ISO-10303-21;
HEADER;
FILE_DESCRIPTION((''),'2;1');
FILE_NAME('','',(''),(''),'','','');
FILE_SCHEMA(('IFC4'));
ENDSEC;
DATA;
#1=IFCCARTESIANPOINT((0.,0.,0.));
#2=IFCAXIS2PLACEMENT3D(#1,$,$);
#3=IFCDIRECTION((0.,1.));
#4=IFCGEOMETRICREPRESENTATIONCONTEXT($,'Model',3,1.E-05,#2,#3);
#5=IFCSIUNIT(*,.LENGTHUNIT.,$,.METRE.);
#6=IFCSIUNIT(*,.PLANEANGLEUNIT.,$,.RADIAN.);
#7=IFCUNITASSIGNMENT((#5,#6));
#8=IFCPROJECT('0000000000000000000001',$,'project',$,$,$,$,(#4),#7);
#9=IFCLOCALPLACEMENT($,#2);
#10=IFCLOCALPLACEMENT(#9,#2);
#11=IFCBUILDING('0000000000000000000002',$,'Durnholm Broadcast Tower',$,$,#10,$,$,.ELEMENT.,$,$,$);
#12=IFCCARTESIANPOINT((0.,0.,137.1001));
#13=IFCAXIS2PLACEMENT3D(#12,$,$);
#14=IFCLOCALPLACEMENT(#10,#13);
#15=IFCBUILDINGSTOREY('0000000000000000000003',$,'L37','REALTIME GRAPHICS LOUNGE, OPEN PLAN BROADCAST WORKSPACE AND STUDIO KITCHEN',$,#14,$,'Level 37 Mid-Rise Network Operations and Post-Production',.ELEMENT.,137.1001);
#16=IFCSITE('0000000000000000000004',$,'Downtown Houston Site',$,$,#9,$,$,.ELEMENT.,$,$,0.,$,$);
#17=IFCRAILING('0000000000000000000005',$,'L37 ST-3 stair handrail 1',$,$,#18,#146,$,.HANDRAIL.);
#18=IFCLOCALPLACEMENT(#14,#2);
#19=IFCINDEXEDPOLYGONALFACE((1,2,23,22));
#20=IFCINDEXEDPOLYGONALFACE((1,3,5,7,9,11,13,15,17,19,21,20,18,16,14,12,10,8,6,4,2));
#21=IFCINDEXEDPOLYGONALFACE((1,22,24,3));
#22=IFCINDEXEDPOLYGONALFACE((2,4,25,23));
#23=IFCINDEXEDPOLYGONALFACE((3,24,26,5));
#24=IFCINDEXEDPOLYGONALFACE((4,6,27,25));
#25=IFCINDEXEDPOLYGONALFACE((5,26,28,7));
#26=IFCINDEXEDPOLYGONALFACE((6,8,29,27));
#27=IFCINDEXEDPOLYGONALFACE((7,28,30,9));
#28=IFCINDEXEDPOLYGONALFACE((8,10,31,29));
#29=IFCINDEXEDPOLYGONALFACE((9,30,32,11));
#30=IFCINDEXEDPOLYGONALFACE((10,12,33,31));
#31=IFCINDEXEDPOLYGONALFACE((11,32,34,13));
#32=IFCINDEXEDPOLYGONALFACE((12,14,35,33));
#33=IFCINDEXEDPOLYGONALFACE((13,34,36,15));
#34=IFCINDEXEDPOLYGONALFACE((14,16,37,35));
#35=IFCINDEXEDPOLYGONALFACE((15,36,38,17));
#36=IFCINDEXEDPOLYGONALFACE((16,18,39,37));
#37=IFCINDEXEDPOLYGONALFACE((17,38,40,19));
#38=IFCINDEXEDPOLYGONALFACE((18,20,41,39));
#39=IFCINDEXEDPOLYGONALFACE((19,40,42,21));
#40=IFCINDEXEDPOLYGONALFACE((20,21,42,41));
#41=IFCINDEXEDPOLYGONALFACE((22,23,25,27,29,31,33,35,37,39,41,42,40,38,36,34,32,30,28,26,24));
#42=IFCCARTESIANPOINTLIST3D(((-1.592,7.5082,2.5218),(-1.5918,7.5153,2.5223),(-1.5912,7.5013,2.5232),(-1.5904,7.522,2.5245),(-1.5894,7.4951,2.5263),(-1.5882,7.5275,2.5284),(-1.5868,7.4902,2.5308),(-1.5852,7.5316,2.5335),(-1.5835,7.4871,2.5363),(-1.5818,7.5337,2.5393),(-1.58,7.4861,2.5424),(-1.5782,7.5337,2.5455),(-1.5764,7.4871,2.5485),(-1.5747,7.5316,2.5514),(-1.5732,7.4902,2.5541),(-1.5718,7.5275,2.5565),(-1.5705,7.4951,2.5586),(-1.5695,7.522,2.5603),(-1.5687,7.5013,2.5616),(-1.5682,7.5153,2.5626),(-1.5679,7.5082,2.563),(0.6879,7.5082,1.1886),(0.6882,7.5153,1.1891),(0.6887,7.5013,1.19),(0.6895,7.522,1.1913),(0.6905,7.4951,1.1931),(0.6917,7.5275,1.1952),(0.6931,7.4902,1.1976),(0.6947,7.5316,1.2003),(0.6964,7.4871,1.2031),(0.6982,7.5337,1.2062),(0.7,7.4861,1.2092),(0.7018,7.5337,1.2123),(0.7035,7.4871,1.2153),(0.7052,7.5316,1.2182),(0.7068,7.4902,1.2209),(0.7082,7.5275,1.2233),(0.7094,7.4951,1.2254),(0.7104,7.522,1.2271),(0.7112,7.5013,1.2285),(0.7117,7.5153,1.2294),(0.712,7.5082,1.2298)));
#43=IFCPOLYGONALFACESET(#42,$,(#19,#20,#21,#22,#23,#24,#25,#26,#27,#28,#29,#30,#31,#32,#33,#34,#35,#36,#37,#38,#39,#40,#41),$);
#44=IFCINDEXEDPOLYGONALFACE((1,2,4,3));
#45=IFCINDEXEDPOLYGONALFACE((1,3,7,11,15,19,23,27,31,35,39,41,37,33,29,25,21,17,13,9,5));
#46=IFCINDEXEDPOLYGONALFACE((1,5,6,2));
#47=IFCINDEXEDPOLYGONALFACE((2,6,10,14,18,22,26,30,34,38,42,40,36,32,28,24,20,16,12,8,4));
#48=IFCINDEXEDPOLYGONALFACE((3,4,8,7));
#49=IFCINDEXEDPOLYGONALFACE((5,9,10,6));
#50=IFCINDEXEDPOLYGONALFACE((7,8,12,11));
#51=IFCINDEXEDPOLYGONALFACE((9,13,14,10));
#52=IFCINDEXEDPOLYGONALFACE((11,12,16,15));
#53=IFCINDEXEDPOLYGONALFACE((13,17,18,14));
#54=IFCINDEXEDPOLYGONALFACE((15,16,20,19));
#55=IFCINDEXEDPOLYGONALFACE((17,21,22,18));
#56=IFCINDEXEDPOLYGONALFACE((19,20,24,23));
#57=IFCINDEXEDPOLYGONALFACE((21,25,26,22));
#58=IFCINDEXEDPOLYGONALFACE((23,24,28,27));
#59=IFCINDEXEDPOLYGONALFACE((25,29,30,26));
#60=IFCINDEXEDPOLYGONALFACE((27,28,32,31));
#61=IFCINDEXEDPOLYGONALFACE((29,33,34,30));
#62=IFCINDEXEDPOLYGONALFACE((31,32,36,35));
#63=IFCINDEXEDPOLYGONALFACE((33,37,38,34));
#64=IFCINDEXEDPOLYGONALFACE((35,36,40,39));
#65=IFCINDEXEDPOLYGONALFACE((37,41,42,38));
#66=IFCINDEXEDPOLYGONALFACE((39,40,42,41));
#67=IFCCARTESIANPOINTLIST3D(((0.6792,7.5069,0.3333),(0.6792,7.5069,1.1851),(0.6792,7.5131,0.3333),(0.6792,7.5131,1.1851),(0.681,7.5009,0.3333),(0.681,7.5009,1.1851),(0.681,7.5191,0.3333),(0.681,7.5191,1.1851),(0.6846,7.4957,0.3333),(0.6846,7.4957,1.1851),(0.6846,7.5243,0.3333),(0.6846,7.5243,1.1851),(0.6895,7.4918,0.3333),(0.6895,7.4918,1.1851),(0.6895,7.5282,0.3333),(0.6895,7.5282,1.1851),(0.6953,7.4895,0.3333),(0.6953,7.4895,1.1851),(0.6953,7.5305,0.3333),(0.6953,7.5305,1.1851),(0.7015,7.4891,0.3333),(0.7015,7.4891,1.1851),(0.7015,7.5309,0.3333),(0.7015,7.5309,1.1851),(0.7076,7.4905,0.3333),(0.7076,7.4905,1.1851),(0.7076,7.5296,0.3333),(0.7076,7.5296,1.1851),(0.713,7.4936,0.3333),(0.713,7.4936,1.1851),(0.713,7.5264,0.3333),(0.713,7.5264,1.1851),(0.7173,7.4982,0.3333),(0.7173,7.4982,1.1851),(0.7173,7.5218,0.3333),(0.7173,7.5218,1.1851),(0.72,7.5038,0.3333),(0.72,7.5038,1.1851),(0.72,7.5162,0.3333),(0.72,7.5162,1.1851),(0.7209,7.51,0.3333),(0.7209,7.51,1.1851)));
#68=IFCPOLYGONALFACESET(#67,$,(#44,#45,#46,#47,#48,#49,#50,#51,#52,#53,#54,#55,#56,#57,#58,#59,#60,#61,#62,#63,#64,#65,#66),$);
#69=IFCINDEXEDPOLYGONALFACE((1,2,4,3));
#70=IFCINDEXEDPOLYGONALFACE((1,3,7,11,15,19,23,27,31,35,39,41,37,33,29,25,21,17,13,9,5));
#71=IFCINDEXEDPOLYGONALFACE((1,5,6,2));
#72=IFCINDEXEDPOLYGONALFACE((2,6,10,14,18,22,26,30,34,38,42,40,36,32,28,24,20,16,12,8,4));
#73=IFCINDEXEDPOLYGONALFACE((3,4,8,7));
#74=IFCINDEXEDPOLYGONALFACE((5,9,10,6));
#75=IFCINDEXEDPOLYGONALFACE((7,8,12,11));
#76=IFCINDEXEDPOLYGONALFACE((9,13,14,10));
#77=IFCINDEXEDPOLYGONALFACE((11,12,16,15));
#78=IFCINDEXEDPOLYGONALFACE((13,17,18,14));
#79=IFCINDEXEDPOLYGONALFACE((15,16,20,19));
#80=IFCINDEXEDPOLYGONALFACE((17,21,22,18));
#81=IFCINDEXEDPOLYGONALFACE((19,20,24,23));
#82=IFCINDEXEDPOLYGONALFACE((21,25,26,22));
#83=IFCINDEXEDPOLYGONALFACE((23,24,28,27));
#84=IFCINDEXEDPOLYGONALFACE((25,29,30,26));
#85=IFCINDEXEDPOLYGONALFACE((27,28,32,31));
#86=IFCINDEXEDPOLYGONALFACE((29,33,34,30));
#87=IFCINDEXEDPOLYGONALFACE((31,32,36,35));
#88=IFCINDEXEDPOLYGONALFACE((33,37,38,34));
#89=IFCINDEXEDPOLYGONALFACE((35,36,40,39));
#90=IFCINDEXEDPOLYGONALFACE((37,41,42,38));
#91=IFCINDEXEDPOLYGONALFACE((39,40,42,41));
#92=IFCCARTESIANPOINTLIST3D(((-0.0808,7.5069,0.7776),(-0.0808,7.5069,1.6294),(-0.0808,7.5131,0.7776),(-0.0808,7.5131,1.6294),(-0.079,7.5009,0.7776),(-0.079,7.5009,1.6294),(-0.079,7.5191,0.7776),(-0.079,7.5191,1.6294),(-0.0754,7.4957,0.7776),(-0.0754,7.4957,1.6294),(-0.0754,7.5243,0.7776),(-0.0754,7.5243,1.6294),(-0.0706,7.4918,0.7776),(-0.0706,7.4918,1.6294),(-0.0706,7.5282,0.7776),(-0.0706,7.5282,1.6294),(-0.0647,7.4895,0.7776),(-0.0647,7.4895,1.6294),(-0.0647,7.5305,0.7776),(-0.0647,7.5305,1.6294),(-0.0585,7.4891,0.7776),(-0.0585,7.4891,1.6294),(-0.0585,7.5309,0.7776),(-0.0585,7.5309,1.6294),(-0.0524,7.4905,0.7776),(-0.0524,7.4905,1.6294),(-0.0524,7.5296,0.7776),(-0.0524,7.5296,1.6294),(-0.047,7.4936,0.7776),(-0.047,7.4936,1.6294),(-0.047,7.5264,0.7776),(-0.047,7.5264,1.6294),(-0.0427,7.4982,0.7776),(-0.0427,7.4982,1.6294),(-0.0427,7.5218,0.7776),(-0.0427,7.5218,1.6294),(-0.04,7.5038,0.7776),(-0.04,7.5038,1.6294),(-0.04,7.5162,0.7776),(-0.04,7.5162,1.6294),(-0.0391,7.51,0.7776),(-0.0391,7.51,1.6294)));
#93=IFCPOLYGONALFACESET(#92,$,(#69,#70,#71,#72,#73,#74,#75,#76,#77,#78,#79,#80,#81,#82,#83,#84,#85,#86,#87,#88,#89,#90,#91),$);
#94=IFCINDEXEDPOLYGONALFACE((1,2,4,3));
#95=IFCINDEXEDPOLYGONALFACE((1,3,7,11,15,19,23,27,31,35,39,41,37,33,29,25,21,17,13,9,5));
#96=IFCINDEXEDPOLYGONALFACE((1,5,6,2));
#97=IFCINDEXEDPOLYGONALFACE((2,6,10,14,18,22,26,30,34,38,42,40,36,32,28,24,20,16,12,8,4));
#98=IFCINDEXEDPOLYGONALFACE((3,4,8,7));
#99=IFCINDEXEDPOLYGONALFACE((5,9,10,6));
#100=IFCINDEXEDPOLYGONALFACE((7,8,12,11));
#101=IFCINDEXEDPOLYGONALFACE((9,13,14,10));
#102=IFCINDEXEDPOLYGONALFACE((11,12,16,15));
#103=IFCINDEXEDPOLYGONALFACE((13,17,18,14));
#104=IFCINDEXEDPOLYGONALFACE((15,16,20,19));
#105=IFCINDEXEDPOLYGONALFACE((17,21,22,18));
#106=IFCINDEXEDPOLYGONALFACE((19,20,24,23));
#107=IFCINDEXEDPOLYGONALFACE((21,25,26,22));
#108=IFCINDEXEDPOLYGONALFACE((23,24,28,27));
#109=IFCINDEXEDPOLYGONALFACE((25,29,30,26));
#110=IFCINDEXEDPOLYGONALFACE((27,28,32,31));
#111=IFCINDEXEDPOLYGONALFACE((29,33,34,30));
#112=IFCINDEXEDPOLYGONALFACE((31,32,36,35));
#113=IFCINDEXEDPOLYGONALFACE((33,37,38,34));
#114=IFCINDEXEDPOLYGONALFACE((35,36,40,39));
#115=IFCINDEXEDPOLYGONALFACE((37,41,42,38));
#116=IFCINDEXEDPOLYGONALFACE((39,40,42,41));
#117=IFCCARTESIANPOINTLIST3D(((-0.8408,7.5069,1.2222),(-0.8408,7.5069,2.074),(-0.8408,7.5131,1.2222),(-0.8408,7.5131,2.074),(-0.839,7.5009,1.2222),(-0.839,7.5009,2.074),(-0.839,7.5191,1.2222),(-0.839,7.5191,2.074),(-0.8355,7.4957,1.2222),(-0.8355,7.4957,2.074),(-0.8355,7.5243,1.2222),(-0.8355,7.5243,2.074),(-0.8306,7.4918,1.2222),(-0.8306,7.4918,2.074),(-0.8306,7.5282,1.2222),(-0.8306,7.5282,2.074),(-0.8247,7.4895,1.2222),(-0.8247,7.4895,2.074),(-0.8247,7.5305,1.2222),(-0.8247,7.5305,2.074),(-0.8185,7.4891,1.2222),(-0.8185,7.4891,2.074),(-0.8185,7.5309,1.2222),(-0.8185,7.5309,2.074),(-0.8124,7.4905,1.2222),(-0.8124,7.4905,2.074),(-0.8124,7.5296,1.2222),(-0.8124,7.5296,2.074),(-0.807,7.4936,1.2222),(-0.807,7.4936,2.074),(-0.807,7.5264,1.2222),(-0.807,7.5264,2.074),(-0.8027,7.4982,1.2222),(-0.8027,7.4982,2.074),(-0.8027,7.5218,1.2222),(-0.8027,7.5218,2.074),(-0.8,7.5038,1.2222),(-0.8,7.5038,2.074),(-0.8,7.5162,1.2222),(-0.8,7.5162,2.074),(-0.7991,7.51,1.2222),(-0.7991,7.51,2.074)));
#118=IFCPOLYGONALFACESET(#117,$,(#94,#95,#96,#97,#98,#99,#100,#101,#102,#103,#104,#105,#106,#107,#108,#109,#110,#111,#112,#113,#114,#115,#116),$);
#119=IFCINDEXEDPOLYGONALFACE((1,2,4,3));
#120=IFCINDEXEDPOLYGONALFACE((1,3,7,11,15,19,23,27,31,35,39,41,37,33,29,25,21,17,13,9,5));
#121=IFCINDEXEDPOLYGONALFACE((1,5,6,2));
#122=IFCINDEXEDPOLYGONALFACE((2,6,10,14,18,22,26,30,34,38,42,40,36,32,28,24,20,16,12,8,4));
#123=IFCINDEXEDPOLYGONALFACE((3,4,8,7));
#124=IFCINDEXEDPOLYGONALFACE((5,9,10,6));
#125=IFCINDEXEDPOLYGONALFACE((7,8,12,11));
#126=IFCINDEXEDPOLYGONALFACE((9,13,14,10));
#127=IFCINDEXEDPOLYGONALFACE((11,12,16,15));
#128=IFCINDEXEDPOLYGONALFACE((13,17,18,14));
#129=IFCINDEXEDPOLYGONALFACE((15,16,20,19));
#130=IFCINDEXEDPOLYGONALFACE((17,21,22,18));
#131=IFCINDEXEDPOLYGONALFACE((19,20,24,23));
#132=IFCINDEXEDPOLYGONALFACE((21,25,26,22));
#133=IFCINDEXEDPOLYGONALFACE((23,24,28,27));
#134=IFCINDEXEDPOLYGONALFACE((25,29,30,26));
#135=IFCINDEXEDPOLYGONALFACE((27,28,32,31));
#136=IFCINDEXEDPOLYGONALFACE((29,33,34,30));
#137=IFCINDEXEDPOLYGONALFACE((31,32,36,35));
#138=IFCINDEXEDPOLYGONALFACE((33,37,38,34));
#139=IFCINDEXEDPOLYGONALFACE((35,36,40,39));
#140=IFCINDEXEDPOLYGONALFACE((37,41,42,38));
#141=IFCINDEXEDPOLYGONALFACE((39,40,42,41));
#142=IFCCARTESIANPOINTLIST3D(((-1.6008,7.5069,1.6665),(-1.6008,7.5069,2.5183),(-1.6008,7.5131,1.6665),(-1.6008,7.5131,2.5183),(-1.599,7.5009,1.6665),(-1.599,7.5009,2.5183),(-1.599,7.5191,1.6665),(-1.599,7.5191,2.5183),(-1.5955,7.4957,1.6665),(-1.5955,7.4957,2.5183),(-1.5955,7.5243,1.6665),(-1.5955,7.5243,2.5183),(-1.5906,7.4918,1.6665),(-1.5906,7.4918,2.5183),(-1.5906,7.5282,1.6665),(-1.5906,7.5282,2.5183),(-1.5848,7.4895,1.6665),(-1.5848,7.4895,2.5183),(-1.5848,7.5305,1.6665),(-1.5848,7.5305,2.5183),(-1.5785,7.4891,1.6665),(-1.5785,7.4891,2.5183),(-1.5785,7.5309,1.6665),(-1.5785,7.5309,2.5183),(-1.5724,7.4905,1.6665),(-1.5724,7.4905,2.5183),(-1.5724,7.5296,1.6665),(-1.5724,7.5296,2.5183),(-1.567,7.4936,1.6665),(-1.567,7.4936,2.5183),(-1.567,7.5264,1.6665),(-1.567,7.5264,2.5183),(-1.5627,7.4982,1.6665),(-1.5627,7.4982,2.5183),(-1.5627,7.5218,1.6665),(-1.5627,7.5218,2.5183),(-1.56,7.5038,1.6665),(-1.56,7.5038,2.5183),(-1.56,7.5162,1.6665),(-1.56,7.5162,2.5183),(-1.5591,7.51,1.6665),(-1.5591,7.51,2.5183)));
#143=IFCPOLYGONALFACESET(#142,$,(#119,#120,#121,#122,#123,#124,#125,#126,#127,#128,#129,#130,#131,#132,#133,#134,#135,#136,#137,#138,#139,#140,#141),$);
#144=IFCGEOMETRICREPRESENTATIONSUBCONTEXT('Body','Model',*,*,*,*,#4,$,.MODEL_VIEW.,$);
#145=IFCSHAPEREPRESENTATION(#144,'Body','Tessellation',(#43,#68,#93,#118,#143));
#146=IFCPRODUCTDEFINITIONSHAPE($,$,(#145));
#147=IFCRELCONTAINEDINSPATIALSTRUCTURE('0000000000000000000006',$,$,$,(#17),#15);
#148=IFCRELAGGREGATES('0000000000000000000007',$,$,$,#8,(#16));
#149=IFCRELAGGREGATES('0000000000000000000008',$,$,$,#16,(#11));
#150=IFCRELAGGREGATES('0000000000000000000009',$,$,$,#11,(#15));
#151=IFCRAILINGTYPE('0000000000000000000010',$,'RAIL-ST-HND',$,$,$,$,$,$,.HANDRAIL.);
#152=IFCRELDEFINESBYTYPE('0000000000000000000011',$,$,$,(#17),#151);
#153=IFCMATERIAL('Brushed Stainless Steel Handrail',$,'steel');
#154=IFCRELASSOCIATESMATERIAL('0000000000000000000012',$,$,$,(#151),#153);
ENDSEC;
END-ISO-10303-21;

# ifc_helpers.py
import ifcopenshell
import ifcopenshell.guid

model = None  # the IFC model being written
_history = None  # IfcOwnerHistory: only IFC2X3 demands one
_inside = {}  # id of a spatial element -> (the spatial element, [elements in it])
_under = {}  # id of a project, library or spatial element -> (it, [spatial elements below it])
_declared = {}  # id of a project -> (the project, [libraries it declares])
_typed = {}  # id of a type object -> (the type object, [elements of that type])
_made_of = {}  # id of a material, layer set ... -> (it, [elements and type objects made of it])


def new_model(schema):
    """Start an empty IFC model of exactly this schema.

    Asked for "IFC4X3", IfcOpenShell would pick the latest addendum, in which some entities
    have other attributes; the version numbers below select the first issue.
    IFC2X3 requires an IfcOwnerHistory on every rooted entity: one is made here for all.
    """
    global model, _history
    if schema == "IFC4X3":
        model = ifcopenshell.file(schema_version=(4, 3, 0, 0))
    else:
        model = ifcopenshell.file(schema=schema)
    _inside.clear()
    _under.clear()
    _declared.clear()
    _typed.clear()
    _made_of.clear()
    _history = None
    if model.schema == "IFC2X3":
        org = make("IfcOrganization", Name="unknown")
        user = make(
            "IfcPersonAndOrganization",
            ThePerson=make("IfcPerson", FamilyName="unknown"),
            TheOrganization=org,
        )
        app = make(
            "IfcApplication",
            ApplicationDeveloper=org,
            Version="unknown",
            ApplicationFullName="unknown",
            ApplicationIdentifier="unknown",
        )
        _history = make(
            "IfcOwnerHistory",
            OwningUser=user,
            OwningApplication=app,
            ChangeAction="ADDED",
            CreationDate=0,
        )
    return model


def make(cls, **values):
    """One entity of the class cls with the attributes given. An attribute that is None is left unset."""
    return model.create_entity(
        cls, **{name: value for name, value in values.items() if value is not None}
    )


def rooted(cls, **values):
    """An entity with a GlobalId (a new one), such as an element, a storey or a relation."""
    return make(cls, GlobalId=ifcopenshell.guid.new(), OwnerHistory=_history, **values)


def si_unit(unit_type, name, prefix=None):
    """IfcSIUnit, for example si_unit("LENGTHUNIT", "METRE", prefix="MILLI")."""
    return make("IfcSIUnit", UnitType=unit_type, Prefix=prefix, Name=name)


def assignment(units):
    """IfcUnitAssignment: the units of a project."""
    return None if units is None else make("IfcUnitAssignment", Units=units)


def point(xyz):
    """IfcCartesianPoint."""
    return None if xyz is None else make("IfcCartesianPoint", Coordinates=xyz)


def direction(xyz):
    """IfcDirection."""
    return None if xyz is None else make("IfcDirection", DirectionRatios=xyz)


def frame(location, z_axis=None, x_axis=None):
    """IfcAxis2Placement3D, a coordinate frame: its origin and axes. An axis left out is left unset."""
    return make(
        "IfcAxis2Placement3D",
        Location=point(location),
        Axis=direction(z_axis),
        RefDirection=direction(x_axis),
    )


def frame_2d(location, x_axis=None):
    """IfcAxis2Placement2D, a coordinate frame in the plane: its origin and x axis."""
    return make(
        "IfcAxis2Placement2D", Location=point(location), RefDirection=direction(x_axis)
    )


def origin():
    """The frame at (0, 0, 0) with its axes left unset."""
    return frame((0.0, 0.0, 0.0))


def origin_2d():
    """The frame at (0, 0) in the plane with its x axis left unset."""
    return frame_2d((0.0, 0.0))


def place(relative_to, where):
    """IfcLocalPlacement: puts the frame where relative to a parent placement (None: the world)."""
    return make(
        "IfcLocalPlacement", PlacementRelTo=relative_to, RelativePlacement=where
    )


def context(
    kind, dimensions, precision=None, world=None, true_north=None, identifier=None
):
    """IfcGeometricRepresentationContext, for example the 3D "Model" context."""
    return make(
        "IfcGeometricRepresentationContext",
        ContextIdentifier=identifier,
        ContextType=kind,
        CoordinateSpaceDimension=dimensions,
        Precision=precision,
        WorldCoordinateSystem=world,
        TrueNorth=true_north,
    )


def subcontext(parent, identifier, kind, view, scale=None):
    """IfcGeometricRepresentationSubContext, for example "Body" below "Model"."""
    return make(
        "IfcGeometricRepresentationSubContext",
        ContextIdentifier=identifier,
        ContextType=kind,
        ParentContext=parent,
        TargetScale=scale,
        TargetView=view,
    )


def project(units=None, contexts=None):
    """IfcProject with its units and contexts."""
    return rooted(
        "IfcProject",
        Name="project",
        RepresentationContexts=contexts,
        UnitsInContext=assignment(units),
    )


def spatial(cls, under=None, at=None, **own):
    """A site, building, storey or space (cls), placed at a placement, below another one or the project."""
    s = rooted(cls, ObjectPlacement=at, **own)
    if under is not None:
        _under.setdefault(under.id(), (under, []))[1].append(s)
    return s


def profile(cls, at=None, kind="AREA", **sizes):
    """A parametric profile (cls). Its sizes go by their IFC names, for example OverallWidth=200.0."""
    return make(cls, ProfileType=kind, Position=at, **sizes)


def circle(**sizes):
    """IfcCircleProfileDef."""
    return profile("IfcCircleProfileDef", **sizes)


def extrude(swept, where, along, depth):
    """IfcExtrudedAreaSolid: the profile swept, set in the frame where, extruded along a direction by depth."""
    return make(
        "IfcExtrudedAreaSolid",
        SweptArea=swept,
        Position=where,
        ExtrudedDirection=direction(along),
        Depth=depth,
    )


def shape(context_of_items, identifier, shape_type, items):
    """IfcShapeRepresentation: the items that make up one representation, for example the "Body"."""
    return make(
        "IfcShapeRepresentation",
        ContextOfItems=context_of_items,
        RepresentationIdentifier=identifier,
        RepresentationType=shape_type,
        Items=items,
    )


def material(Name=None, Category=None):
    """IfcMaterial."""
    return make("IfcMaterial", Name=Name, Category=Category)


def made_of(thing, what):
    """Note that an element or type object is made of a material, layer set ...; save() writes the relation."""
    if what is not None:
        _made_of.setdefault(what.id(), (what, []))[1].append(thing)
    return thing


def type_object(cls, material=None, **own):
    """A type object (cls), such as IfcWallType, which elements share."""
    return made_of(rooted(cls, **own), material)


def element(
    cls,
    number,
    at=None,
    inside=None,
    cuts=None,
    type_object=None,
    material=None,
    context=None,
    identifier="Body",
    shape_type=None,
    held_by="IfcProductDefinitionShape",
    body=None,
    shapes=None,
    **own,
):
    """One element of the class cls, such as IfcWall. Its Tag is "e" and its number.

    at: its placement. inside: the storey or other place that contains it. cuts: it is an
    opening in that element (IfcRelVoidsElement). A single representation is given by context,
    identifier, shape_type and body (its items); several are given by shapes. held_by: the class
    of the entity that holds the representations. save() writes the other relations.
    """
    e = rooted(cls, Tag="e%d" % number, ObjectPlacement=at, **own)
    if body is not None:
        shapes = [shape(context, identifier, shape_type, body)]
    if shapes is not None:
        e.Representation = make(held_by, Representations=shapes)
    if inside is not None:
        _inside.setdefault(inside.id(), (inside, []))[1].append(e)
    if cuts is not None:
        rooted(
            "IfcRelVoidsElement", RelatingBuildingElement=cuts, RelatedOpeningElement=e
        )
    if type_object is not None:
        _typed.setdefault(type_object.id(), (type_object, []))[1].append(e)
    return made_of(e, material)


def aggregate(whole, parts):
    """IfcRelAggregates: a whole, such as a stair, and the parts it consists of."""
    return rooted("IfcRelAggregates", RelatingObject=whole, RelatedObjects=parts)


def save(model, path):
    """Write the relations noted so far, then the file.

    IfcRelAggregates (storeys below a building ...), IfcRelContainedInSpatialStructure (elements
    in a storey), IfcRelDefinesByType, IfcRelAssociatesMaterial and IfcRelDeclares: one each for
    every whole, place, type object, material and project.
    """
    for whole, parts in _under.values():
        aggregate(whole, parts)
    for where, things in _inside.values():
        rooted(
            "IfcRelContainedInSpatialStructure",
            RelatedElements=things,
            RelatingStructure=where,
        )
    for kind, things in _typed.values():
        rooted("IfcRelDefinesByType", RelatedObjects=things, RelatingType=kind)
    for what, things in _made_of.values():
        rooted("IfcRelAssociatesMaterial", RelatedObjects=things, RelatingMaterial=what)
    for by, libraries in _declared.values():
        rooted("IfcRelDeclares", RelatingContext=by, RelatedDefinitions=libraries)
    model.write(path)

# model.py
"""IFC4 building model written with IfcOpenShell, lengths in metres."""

from ifc_helpers import new_model, si_unit, direction, frame, origin, origin_2d, place, context, subcontext, project, spatial, circle, extrude, material, type_object, element, save


model = new_model("IFC4")

# Units and contexts
model_context = context("Model", 3, precision=1e-05, world=origin(), true_north=direction((0.0, 1.0)))
body_context = subcontext(model_context, "Body", "Model", "MODEL_VIEW")
ifc_project = project(units=[si_unit("LENGTHUNIT", "METRE"), si_unit("PLANEANGLEUNIT", "RADIAN")], contexts=[model_context])

# Site, building, storey
site_placement = place(None, origin())
site = spatial("IfcSite", under=ifc_project, at=site_placement, Name="Downtown Houston Site", CompositionType="ELEMENT", RefElevation=0.0)
building_placement = place(site_placement, origin())
building = spatial("IfcBuilding", under=site, at=building_placement, Name="Durnholm Broadcast Tower", CompositionType="ELEMENT")
storey_placement = place(building_placement, frame((0.0, 0.0, 137.1001)))
storey = spatial("IfcBuildingStorey", under=building, at=storey_placement, Name="L37", Description="REALTIME GRAPHICS LOUNGE, OPEN PLAN BROADCAST WORKSPACE AND STUDIO KITCHEN", LongName="Level 37 Mid-Rise Network Operations and Post-Production", CompositionType="ELEMENT", Elevation=137.1001)

# Railing
ifc_material_1 = material(Name="Brushed Stainless Steel Handrail", Category="steel")
railing_type_1 = type_object("IfcRailingType", Name="RAIL-ST-HND", PredefinedType="HANDRAIL", material=ifc_material_1)
railing_1_placement = place(storey_placement, frame((0.7, 7.51, 0.3333)))
element("IfcRailing", 1, at=railing_1_placement, inside=storey, type_object=railing_type_1, Name="L37 ST-3 stair handrail 1", PredefinedType="HANDRAIL", context=body_context, shape_type="SweptSolid", body=[
    extrude(circle(Radius=0.0239, at=origin_2d()), frame((0.0, 0.0, 0.876), z_axis=(-0.863245, 0.0, 0.504785), x_axis=(0.0, -1.0, 0.0)), (0.0, 0.0, 1.0), 2.6411),
    extrude(circle(Radius=0.021, at=origin_2d()), origin(), (0.0, 0.0, 1.0), 0.8518),
    extrude(circle(Radius=0.021, at=origin_2d()), frame((-0.76, 0.0, 0.4443)), (0.0, 0.0, 1.0), 0.8518),
    extrude(circle(Radius=0.021, at=origin_2d()), frame((-1.52, 0.0, 0.8889)), (0.0, 0.0, 1.0), 0.8518),
    extrude(circle(Radius=0.021, at=origin_2d()), frame((-2.28, 0.0, 1.3333)), (0.0, 0.0, 1.0), 0.8518),
])

save(model, "model.ifc")
